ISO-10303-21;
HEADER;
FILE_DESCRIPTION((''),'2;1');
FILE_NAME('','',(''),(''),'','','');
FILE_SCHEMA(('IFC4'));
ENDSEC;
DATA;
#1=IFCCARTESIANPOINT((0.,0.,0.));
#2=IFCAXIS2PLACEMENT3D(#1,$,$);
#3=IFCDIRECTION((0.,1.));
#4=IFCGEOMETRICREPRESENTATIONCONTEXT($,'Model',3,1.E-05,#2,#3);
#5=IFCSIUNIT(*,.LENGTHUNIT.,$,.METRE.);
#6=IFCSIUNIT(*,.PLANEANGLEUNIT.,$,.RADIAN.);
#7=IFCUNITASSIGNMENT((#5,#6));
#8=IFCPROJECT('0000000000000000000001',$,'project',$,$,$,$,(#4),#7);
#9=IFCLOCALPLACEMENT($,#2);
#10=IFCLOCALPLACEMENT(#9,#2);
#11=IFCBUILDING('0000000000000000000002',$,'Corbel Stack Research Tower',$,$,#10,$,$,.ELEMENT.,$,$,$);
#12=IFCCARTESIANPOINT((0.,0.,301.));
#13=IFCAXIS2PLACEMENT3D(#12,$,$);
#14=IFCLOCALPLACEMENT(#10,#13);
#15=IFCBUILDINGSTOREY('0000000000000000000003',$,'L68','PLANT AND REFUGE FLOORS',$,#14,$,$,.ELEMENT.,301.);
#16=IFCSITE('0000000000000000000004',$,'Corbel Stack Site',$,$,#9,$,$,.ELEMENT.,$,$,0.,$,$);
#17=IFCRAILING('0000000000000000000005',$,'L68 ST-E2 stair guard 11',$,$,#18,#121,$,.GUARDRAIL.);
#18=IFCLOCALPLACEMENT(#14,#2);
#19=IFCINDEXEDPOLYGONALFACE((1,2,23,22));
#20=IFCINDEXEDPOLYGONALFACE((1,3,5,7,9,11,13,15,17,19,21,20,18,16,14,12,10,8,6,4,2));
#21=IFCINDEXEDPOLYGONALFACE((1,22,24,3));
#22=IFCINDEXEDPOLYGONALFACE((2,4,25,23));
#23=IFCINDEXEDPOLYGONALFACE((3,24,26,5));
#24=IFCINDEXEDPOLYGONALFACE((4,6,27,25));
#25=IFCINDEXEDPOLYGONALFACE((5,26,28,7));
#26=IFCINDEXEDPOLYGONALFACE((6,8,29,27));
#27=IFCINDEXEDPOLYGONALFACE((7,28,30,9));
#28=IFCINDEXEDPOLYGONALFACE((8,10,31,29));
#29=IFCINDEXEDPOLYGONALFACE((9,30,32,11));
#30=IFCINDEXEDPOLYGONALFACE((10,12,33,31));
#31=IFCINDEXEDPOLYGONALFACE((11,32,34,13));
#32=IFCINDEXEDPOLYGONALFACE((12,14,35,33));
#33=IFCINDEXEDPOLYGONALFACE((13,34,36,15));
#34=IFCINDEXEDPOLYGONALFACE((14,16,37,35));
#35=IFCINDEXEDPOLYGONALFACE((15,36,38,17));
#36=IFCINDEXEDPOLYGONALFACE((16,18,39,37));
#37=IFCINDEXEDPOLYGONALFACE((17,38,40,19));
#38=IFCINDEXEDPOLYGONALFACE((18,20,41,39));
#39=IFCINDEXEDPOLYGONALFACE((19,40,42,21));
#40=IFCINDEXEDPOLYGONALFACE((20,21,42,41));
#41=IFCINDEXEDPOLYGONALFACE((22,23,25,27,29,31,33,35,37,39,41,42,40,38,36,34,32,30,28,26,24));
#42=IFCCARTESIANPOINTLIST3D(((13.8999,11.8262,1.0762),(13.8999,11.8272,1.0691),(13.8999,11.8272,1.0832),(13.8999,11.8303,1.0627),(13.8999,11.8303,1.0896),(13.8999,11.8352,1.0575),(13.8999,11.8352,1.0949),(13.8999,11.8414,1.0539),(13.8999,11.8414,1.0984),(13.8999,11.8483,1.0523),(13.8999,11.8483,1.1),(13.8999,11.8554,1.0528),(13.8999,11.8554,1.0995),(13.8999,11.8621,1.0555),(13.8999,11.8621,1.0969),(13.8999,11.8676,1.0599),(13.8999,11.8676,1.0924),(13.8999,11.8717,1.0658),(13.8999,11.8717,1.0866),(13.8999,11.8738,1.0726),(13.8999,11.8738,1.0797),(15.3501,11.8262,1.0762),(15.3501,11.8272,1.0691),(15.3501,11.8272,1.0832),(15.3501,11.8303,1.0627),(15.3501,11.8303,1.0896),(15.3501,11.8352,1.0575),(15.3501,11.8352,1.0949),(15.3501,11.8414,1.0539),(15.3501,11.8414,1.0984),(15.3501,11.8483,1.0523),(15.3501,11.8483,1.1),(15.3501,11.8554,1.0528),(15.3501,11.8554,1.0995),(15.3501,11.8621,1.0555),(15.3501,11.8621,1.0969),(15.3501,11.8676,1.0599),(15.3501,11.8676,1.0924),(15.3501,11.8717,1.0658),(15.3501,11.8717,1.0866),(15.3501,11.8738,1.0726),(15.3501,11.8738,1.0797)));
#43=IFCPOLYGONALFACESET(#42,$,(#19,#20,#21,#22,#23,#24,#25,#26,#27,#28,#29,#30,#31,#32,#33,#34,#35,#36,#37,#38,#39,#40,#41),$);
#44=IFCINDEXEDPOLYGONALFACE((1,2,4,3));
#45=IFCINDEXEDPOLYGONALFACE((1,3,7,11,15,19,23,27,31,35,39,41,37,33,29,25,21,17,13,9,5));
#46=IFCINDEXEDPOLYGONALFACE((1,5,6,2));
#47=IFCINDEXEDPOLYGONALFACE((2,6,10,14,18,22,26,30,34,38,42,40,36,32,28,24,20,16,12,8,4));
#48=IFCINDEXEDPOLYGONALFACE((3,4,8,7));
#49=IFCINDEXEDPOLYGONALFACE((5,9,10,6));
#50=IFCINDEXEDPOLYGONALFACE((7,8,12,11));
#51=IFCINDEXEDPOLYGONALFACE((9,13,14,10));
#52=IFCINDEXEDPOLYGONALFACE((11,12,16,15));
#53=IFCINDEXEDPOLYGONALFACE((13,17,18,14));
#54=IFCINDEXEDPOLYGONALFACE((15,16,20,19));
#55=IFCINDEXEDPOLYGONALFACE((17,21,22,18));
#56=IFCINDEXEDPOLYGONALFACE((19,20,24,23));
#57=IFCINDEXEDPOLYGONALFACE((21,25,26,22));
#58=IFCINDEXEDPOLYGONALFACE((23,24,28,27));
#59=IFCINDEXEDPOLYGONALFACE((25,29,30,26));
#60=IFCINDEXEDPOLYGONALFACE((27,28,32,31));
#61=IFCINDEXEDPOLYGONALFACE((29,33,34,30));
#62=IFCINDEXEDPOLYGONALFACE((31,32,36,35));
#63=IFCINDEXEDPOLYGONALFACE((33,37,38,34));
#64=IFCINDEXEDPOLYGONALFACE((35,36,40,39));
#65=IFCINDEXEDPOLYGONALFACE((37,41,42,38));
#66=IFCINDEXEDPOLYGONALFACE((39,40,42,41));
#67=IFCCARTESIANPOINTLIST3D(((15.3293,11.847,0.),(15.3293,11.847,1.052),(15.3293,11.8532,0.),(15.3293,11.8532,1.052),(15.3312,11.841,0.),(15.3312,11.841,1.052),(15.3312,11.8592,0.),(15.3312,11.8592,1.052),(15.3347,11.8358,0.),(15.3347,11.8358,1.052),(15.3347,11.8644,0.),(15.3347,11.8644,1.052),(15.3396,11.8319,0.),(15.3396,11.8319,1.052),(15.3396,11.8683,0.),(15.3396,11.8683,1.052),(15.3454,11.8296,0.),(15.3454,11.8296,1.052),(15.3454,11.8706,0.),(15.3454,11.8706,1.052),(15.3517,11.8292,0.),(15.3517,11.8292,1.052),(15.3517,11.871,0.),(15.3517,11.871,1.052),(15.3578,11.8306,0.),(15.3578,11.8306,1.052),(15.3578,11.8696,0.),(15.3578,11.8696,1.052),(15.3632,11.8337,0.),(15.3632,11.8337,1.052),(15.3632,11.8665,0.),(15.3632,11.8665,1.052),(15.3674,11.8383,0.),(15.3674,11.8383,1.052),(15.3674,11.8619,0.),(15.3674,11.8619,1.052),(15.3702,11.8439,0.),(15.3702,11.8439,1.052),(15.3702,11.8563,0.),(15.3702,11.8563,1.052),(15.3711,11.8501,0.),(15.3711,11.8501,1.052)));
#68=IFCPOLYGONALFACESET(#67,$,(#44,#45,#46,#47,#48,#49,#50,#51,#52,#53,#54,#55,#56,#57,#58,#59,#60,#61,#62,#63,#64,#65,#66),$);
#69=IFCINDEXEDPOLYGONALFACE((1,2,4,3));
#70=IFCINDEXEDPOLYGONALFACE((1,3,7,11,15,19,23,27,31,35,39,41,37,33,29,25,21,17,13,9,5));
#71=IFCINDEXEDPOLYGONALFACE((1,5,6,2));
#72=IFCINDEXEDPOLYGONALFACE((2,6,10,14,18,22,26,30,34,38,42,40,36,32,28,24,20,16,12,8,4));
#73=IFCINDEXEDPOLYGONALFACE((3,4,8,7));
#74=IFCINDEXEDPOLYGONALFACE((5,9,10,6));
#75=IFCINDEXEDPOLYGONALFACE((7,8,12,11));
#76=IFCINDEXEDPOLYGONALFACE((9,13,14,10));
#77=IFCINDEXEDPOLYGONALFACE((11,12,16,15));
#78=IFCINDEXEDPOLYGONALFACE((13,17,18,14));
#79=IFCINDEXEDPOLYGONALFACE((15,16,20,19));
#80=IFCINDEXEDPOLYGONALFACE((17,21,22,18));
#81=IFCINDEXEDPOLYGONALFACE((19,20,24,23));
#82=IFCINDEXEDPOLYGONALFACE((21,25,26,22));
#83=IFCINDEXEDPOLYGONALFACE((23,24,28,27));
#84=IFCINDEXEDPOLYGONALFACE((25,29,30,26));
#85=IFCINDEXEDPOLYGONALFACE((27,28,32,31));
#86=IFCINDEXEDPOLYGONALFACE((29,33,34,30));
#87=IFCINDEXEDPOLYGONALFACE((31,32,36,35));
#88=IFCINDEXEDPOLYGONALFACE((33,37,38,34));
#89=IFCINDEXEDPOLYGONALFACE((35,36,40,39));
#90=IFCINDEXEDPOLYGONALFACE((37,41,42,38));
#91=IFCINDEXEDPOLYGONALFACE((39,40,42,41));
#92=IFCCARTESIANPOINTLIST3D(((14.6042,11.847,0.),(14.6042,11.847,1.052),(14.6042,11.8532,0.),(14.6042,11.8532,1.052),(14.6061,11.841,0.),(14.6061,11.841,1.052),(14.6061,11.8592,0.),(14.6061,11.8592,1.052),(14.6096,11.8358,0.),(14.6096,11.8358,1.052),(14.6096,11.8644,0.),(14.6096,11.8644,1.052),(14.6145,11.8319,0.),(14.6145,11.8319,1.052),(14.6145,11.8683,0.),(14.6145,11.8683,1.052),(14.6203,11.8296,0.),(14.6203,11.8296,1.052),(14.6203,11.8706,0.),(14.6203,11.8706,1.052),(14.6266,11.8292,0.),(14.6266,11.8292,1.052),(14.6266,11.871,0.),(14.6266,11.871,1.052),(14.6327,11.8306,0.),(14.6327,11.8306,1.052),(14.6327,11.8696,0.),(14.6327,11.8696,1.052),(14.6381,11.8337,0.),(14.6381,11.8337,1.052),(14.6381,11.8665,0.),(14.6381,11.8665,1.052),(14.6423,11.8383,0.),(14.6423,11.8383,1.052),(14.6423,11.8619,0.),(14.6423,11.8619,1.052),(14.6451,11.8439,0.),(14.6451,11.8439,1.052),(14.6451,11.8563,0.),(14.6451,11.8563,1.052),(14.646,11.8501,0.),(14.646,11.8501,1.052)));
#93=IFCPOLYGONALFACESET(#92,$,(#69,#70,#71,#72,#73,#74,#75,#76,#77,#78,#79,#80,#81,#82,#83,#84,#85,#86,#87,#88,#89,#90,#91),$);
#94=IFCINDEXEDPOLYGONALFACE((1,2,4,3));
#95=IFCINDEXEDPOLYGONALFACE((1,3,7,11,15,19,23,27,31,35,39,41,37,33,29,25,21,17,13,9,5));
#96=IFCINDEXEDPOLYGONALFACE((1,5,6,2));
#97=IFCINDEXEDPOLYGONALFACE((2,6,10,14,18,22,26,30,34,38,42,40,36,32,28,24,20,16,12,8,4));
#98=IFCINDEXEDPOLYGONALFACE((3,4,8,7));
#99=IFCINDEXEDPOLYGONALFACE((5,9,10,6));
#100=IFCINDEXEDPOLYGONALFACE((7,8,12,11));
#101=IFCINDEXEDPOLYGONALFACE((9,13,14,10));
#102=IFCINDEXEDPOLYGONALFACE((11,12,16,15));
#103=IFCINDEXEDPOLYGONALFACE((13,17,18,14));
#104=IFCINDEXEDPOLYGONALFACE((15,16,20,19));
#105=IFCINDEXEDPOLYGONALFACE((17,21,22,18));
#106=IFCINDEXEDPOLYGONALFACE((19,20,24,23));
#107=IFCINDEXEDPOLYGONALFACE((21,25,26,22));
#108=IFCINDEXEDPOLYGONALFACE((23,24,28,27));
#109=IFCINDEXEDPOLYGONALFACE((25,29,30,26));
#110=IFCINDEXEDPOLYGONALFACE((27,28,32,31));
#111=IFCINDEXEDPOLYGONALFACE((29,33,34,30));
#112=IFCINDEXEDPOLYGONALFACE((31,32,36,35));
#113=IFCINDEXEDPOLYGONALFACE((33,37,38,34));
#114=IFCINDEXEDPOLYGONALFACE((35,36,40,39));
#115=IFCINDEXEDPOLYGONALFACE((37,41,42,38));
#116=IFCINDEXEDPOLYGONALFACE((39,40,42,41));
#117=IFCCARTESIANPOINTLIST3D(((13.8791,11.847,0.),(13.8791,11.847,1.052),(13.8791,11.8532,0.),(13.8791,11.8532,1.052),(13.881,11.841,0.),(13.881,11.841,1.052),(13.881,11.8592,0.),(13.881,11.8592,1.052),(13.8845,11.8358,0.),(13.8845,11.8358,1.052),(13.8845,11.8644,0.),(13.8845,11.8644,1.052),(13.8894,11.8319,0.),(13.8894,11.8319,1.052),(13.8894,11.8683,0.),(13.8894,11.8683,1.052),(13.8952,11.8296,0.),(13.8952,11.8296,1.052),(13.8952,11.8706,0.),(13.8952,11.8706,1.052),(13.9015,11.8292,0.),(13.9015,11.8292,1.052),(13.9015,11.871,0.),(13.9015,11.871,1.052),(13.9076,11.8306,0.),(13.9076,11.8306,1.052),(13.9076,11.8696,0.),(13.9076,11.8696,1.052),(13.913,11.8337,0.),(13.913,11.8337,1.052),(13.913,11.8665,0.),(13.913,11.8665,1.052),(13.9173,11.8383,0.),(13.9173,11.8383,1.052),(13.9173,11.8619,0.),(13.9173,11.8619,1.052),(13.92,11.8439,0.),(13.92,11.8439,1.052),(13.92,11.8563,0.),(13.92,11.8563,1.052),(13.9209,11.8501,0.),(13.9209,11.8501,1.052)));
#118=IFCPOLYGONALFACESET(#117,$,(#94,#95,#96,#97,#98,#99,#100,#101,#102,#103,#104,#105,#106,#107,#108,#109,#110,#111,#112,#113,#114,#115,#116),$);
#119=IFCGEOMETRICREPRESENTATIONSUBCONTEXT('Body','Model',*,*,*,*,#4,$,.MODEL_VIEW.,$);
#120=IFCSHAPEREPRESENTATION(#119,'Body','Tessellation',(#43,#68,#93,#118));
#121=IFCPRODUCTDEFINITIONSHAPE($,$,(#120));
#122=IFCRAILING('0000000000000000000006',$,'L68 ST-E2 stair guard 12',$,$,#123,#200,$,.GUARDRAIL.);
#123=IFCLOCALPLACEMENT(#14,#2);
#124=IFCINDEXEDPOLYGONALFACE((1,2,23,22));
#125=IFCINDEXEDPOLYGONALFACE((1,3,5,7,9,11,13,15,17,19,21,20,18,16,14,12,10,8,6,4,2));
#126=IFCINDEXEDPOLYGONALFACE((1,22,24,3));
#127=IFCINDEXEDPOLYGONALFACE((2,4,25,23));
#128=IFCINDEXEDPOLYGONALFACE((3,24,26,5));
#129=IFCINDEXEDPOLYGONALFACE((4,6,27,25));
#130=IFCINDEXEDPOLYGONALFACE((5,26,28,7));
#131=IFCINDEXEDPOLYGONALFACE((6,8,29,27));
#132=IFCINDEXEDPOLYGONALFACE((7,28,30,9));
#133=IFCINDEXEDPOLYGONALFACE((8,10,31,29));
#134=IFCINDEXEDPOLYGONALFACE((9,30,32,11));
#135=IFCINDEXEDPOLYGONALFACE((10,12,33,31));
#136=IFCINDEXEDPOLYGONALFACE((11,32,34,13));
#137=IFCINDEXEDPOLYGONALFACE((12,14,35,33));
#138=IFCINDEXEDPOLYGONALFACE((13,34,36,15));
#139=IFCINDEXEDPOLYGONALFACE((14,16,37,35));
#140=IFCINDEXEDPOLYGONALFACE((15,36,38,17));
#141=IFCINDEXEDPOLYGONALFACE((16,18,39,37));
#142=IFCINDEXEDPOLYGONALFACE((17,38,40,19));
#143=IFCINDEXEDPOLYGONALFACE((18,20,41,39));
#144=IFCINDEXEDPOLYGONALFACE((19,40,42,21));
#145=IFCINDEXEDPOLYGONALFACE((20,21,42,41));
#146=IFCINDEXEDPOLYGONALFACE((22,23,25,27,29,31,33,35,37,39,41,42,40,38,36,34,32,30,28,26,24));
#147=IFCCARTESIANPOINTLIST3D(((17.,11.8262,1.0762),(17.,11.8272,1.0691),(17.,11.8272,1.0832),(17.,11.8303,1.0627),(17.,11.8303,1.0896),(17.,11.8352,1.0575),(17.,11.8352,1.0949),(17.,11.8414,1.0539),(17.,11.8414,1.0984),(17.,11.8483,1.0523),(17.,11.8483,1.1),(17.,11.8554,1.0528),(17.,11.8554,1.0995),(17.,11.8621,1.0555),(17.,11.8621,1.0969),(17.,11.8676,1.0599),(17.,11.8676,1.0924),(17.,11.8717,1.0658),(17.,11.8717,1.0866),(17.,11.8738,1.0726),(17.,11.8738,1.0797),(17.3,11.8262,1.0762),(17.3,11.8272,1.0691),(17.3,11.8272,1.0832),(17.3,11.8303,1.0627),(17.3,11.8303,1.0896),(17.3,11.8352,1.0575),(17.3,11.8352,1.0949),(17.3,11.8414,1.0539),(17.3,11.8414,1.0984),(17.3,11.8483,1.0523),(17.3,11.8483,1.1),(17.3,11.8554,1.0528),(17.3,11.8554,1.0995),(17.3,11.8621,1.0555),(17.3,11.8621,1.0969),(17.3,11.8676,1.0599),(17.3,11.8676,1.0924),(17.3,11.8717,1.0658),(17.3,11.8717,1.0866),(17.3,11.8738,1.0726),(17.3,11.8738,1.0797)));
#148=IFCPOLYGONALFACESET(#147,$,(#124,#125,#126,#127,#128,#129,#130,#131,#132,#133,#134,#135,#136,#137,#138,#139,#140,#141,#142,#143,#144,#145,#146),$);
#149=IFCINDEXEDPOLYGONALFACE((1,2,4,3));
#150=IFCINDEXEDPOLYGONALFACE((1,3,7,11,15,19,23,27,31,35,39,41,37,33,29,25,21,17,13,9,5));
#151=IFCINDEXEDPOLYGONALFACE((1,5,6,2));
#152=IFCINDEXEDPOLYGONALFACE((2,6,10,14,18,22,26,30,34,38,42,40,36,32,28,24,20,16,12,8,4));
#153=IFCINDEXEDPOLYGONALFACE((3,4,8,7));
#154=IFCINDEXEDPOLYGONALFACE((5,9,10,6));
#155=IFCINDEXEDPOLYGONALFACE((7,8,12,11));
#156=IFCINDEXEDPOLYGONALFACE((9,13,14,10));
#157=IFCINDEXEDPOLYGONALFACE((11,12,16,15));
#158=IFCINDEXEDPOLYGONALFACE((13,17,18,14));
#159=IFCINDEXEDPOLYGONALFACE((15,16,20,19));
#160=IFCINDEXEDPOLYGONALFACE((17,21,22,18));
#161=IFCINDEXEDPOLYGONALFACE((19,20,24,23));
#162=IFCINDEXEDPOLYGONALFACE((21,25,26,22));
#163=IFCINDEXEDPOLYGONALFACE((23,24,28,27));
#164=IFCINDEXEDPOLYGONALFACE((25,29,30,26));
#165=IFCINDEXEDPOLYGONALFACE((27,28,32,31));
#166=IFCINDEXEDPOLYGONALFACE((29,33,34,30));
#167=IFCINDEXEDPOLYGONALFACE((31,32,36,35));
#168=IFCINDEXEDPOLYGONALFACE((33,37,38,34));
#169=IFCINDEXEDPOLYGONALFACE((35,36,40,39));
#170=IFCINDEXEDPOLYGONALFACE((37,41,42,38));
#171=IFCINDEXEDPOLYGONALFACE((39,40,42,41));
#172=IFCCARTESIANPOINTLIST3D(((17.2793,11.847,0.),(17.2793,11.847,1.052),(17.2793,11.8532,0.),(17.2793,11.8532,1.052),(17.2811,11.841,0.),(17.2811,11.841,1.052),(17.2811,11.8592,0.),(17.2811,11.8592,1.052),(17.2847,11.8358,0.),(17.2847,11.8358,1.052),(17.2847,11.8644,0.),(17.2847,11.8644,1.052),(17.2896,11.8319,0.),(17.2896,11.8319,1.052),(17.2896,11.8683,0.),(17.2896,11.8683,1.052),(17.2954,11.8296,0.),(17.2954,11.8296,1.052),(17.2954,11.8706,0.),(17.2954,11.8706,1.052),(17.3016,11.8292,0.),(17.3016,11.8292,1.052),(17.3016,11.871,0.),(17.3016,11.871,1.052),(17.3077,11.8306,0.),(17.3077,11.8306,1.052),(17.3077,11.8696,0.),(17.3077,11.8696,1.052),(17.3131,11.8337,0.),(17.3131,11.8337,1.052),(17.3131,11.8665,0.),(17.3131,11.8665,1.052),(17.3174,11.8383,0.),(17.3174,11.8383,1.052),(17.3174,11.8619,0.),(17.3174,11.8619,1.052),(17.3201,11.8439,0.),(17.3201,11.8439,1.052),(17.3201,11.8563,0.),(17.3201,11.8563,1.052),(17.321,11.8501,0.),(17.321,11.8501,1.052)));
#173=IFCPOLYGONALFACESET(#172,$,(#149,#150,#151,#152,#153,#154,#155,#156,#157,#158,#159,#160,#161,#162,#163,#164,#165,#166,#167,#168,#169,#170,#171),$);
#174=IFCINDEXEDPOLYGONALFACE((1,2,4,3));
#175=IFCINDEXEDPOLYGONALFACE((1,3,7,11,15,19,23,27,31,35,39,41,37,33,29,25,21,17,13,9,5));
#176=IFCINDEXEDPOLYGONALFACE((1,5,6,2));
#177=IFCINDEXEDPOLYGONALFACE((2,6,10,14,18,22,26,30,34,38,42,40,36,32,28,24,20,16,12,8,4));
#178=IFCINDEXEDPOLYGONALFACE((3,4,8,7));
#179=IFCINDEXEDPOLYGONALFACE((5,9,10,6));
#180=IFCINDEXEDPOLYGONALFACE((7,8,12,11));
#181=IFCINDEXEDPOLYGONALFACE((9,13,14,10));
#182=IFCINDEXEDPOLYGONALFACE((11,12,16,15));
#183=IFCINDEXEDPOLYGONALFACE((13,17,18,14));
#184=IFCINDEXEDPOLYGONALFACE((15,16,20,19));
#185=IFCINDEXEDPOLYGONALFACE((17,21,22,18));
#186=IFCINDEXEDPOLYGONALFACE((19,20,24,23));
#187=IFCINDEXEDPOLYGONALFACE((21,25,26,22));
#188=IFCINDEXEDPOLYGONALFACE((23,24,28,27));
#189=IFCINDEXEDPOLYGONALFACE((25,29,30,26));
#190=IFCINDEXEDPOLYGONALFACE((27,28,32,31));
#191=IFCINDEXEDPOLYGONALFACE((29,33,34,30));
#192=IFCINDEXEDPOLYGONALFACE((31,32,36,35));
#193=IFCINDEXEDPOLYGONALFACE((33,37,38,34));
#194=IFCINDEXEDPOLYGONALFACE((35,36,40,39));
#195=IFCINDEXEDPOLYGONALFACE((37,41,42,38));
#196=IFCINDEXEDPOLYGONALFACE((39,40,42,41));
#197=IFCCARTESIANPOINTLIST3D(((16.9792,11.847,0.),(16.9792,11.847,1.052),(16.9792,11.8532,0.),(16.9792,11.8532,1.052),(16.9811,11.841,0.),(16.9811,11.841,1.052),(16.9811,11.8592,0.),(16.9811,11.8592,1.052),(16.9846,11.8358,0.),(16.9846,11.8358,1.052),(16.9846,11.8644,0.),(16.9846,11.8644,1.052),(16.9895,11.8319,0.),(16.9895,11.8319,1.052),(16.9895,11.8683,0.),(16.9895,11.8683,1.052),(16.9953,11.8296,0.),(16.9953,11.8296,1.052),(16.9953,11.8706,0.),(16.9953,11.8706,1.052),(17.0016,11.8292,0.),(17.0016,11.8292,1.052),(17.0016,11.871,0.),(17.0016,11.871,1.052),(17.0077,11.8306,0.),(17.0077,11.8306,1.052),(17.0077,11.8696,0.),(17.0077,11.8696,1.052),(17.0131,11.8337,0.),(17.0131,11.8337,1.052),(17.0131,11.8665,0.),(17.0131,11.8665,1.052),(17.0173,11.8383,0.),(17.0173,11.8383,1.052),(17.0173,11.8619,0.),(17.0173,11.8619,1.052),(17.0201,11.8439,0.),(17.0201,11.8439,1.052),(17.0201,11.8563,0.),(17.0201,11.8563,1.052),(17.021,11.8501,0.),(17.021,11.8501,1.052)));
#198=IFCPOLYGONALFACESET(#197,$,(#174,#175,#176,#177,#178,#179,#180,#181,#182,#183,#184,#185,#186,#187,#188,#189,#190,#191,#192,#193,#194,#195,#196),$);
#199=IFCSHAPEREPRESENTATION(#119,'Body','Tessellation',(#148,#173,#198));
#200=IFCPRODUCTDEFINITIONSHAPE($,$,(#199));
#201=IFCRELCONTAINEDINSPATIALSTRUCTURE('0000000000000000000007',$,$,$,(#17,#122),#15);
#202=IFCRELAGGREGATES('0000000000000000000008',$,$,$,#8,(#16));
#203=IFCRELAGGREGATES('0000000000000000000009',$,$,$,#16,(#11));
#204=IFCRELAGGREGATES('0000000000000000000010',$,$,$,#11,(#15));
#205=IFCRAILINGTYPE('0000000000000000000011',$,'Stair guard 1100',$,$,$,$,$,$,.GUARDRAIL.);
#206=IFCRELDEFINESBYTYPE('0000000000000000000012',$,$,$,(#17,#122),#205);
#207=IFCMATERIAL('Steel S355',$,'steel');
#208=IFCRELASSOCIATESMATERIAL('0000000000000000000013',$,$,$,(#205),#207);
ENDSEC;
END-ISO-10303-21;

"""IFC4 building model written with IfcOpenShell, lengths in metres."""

from ifc_helpers import new_model, si_unit, direction, frame, origin, origin_2d, place, context, subcontext, project, spatial, circle, extrude, material, type_object, element, save


model = new_model("IFC4")

# Units and contexts
model_context = context("Model", 3, precision=1e-05, world=origin(), true_north=direction((0.0, 1.0)))
body_context = subcontext(model_context, "Body", "Model", "MODEL_VIEW")
ifc_project = project(units=[si_unit("LENGTHUNIT", "METRE"), si_unit("PLANEANGLEUNIT", "RADIAN")], contexts=[model_context])

# Site, building, storey
site_placement = place(None, origin())
site = spatial("IfcSite", under=ifc_project, at=site_placement, Name="Corbel Stack Site", CompositionType="ELEMENT", RefElevation=0.0)
building_placement = place(site_placement, origin())
building = spatial("IfcBuilding", under=site, at=building_placement, Name="Corbel Stack Research Tower", CompositionType="ELEMENT")
storey_placement = place(building_placement, frame((0.0, 0.0, 301.0)))
storey = spatial("IfcBuildingStorey", under=building, at=storey_placement, Name="L68", Description="PLANT AND REFUGE FLOORS", CompositionType="ELEMENT", Elevation=301.0)

# Railings
ifc_material_1 = material(Name="Steel S355", Category="steel")
railing_type_1 = type_object("IfcRailingType", Name="Stair guard 1100", PredefinedType="GUARDRAIL", material=ifc_material_1)
railing_1_placement = place(storey_placement, frame((15.3501, 11.8501, 0.0)))
element("IfcRailing", 1, at=railing_1_placement, inside=storey, type_object=railing_type_1, Name="L68 ST-E2 stair guard 11", PredefinedType="GUARDRAIL", context=body_context, shape_type="SweptSolid", body=[
    extrude(circle(Radius=0.0239, at=origin_2d()), frame((0.0, 0.0, 1.0762), z_axis=(-1.0, 0.0, 0.0), x_axis=(0.0, -1.0, 0.0)), (0.0, 0.0, 1.0), 1.4502),
    extrude(circle(Radius=0.021, at=origin_2d()), origin(), (0.0, 0.0, 1.0), 1.052),
    extrude(circle(Radius=0.021, at=origin_2d()), frame((-0.7251, 0.0, 0.0)), (0.0, 0.0, 1.0), 1.052),
    extrude(circle(Radius=0.021, at=origin_2d()), frame((-1.4502, 0.0, 0.0)), (0.0, 0.0, 1.0), 1.052),
])
railing_2_placement = place(storey_placement, frame((17.3, 11.8501, 0.0)))
element("IfcRailing", 2, at=railing_2_placement, inside=storey, type_object=railing_type_1, Name="L68 ST-E2 stair guard 12", PredefinedType="GUARDRAIL", context=body_context, shape_type="SweptSolid", body=[
    extrude(circle(Radius=0.0239, at=origin_2d()), frame((0.0, 0.0, 1.0762), z_axis=(-1.0, 0.0, 0.0), x_axis=(0.0, -1.0, 0.0)), (0.0, 0.0, 1.0), 0.3),
    extrude(circle(Radius=0.021, at=origin_2d()), origin(), (0.0, 0.0, 1.0), 1.052),
    extrude(circle(Radius=0.021, at=origin_2d()), frame((-0.3, 0.0, 0.0)), (0.0, 0.0, 1.0), 1.052),
])

save(model, "model.ifc")
